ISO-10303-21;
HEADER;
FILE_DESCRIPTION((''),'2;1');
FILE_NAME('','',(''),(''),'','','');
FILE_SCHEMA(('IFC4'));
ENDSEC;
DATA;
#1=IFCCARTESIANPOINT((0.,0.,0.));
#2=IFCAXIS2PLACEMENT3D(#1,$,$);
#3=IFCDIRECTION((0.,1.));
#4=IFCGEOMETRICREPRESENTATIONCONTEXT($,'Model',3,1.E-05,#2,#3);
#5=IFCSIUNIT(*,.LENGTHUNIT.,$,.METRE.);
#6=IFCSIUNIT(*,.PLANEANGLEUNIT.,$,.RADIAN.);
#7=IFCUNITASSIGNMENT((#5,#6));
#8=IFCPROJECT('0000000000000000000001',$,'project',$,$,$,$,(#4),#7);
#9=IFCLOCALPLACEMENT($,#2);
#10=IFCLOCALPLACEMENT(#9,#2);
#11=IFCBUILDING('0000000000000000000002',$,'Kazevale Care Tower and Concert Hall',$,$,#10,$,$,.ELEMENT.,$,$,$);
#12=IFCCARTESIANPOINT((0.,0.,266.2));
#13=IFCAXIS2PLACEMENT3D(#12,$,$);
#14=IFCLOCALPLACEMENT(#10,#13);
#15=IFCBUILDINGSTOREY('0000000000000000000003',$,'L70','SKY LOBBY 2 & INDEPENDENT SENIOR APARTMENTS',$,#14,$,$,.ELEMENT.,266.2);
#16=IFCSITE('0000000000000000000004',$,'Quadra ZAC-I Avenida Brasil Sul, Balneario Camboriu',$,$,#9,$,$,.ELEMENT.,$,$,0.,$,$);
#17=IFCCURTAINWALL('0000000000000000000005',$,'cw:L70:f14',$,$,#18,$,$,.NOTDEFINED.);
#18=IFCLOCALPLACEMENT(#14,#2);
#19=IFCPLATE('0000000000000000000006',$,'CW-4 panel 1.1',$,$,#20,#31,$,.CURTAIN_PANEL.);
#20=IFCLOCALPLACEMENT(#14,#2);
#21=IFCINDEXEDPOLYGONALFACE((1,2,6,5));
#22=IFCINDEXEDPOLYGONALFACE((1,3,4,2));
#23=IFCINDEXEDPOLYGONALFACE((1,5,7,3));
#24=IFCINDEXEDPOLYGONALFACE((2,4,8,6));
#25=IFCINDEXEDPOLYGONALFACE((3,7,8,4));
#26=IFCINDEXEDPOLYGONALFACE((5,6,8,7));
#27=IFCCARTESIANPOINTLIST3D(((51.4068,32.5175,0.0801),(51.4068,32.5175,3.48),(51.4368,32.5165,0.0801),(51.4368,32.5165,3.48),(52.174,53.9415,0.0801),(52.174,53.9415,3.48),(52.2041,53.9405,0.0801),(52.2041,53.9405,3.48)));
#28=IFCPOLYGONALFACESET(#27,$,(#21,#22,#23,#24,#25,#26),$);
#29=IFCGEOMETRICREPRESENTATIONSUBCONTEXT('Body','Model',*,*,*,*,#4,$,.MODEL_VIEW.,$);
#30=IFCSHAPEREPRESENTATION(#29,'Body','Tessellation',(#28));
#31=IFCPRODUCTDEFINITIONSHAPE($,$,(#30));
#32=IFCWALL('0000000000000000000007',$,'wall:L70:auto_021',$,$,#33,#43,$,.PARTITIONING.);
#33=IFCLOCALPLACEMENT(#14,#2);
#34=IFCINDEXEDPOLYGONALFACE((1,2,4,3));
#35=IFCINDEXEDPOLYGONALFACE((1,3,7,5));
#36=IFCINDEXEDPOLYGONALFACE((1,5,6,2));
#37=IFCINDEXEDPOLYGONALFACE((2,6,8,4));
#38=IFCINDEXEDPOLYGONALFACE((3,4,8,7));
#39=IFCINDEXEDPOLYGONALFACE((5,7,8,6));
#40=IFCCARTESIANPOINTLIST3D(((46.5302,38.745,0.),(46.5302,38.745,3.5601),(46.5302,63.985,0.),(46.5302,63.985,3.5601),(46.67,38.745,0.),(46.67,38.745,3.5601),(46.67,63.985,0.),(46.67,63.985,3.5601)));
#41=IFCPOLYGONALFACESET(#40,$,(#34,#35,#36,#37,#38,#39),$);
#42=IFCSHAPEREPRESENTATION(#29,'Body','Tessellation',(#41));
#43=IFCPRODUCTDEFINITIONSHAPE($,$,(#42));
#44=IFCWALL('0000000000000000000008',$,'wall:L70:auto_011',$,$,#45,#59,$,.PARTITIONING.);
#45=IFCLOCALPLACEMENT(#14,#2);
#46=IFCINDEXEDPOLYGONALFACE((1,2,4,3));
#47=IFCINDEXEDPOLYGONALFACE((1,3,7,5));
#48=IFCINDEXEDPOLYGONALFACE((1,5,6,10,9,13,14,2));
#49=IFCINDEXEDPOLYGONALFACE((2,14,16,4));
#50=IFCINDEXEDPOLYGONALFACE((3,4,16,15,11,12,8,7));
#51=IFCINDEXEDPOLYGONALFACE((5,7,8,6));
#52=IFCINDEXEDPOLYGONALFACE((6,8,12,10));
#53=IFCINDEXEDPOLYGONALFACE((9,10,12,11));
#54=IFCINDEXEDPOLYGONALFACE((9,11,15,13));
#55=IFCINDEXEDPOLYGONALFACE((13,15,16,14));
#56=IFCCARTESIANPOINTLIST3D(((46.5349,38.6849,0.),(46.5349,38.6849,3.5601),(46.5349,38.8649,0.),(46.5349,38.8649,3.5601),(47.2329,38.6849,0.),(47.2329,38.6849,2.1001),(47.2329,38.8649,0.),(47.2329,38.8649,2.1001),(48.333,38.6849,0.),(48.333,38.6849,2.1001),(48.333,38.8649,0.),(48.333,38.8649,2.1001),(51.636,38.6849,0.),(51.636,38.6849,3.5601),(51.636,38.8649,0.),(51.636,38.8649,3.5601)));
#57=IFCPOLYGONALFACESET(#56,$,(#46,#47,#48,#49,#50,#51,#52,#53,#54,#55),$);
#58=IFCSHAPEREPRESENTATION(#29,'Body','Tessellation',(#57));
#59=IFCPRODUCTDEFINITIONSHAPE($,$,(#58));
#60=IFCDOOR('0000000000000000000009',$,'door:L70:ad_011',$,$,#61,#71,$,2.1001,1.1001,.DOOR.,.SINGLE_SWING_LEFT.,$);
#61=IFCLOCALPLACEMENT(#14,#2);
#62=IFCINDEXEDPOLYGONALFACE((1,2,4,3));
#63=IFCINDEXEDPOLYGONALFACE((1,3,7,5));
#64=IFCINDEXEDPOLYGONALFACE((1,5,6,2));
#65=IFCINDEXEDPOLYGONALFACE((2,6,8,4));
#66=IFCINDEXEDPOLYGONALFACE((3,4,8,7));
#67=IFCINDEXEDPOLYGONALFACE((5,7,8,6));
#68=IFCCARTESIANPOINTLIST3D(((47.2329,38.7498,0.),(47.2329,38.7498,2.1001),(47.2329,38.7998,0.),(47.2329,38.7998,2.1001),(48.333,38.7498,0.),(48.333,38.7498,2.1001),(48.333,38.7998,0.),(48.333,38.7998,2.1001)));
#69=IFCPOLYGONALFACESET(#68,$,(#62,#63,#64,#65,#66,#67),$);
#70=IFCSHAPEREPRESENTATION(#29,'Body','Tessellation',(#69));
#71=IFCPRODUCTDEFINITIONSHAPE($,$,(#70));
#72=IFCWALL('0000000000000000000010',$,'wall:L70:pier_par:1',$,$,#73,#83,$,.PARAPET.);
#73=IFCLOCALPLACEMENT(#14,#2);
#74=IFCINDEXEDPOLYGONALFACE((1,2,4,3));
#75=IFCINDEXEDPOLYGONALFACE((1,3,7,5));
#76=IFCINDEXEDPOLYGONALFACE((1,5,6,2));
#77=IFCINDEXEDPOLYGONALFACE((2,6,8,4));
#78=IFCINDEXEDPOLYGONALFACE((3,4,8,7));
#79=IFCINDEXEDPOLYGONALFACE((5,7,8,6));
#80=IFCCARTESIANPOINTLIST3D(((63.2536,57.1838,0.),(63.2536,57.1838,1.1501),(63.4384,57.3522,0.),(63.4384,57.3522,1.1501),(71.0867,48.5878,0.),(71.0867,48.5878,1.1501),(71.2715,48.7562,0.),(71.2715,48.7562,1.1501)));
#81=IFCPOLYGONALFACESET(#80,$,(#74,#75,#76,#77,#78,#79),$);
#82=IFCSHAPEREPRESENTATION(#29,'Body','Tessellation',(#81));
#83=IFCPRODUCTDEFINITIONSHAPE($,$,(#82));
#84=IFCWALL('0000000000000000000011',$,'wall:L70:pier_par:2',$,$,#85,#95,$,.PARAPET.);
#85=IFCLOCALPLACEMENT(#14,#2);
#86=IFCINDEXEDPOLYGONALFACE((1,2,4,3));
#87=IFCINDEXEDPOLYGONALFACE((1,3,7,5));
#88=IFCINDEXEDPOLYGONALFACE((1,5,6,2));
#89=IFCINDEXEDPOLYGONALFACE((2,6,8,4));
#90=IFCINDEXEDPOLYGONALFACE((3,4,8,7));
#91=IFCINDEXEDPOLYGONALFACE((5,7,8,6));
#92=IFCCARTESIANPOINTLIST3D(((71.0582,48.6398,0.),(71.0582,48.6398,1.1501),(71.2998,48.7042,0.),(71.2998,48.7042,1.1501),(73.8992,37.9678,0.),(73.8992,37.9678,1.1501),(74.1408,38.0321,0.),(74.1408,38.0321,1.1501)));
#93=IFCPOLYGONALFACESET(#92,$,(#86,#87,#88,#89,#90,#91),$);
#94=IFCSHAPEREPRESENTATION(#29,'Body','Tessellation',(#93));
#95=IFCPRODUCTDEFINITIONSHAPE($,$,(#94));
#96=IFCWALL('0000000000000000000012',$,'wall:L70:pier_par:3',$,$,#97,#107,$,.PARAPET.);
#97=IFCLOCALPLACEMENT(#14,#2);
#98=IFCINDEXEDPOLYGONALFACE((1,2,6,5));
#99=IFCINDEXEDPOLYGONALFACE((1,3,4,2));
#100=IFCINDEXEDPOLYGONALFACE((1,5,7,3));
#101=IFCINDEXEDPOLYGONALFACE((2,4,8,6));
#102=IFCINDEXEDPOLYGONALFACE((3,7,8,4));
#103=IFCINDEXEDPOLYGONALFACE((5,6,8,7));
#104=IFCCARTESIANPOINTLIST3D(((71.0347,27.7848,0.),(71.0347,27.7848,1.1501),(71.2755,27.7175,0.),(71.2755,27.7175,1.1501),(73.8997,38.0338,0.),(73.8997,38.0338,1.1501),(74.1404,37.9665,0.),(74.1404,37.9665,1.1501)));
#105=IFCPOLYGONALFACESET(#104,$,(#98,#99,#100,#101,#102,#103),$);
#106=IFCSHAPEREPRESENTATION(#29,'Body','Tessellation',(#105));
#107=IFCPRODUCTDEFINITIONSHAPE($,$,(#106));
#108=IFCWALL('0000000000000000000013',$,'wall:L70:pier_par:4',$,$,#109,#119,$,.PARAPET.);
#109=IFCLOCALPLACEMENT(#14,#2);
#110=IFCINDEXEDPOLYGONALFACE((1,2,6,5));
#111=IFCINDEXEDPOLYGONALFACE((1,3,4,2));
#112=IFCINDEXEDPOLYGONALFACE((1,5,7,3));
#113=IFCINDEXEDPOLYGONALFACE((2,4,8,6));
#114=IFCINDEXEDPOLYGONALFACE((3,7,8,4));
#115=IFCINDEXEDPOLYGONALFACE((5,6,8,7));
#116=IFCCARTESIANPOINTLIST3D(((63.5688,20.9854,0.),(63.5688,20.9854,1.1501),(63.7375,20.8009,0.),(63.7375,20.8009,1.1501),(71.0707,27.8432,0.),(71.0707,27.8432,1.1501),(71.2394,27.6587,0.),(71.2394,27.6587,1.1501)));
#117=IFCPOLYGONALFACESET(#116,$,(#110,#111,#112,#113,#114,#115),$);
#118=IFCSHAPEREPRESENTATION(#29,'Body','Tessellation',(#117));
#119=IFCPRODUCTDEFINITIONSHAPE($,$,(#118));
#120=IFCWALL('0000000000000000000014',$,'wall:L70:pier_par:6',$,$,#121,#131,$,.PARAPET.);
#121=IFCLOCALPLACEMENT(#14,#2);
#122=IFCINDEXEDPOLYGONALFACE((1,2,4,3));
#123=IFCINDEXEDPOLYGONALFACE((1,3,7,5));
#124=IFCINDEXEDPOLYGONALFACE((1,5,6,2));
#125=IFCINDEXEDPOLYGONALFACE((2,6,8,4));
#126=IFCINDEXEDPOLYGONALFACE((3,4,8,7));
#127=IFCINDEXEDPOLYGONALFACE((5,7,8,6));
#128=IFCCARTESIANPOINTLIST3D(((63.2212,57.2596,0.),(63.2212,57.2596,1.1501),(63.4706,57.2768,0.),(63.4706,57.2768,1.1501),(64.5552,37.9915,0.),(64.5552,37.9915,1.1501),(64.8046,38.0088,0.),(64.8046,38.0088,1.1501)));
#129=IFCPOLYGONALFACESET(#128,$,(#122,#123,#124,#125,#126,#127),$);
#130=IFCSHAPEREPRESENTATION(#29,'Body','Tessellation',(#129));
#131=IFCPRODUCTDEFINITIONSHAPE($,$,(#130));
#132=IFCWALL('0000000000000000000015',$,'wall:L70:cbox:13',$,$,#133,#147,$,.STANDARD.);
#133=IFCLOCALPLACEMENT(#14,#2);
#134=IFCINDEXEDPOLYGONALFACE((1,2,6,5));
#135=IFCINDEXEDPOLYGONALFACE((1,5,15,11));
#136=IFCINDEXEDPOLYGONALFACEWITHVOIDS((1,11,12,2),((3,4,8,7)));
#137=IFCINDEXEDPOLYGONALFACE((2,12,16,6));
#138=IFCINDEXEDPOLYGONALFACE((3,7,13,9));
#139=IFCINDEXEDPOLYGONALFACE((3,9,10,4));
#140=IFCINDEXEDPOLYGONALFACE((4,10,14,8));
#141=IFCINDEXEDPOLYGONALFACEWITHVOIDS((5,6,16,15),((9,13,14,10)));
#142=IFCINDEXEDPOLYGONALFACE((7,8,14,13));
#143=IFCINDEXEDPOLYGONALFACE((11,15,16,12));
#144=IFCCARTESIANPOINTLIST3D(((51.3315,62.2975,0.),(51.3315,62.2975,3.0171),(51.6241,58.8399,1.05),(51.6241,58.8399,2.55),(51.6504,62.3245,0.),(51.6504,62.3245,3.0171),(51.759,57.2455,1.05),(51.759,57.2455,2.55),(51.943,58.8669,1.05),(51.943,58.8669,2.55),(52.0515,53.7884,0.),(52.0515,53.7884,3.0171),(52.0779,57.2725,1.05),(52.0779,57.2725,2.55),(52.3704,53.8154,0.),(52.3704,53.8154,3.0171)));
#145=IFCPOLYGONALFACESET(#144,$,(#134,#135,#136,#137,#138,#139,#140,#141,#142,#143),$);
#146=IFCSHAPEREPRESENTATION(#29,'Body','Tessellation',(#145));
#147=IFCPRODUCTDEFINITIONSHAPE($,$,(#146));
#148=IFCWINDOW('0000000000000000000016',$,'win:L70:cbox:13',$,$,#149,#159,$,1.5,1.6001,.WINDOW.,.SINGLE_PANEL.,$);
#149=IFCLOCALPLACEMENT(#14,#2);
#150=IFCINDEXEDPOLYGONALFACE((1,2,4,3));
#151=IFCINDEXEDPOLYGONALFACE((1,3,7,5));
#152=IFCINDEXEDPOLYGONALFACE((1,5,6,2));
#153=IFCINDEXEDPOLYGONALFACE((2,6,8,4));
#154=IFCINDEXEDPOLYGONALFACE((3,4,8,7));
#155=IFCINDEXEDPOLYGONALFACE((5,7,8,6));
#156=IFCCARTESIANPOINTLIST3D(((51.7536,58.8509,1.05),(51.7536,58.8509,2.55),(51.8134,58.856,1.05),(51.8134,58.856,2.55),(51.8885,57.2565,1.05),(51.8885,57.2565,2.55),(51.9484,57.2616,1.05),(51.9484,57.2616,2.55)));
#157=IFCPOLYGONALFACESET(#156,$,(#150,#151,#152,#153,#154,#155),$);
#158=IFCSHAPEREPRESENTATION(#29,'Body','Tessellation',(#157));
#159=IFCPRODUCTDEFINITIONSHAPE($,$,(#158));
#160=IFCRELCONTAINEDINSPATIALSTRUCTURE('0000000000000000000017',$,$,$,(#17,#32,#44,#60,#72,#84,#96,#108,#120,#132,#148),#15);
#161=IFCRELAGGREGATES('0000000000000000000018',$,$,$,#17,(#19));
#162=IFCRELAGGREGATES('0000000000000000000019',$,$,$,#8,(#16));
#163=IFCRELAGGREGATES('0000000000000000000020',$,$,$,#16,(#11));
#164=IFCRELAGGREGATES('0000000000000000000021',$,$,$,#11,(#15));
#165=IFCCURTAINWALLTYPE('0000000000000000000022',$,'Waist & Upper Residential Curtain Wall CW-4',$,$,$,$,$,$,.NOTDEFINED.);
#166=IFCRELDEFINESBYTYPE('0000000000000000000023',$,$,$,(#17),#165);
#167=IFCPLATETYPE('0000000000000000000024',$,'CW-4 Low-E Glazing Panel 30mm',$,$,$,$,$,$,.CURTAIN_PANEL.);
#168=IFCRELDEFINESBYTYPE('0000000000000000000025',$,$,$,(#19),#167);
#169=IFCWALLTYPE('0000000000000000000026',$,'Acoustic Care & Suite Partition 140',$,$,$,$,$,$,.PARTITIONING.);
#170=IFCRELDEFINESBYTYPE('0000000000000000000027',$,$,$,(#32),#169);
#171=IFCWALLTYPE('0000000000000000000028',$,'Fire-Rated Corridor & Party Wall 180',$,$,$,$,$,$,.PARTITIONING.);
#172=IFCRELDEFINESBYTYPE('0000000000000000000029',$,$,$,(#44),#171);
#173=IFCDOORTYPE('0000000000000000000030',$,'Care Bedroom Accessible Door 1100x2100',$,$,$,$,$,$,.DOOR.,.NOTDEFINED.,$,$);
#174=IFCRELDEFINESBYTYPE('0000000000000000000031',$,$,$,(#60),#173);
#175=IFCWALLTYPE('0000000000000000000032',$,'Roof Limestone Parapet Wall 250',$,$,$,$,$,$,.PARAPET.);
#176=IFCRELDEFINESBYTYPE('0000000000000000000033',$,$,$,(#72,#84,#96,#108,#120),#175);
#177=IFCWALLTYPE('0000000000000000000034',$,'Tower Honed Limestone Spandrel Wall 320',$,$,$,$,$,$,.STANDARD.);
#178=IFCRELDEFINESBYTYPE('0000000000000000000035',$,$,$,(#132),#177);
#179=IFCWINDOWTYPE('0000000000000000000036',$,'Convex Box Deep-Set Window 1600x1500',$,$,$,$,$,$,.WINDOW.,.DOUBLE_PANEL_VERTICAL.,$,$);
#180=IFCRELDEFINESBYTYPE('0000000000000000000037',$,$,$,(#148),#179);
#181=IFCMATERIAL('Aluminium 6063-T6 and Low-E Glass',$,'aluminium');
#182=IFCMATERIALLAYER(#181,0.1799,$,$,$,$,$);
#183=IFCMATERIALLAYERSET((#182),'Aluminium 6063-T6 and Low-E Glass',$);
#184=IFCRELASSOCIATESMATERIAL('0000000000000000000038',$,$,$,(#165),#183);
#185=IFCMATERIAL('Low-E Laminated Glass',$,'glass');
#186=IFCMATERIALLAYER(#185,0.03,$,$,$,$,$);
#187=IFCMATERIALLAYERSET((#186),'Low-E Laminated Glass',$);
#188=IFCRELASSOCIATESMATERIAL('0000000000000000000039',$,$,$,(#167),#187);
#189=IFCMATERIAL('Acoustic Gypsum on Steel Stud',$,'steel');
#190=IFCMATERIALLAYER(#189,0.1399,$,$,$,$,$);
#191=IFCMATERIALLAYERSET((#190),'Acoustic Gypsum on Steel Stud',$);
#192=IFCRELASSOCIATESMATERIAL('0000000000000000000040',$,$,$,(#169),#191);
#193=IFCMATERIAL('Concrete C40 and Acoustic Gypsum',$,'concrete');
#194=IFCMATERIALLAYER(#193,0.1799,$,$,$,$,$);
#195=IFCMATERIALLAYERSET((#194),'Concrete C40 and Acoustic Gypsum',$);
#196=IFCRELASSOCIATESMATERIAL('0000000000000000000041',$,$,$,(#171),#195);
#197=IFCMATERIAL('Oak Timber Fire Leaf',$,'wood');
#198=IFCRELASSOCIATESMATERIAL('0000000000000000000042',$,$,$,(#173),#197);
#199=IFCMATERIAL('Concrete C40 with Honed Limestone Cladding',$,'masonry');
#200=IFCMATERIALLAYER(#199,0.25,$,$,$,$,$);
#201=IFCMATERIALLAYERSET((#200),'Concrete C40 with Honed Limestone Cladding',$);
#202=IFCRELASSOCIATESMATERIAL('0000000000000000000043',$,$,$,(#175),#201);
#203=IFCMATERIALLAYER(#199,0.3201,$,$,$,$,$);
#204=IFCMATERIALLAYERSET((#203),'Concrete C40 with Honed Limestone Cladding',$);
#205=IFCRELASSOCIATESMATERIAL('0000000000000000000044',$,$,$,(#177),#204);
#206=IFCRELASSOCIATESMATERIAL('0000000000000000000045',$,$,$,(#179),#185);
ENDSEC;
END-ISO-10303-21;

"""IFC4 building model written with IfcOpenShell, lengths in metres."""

from ifc_helpers import new_model, si_unit, direction, frame, frame_2d, origin, origin_2d, place, context, subcontext, project, spatial, rectangle, extrude, material, layer, layer_set, type_object, element, fill, aggregate, save


model = new_model("IFC4")

# Units and contexts
model_context = context("Model", 3, precision=1e-05, world=origin(), true_north=direction((0.0, 1.0)))
body_context = subcontext(model_context, "Body", "Model", "MODEL_VIEW")
ifc_project = project(units=[si_unit("LENGTHUNIT", "METRE"), si_unit("PLANEANGLEUNIT", "RADIAN")], contexts=[model_context])

# Site, building, storey
site_placement = place(None, origin())
site = spatial("IfcSite", under=ifc_project, at=site_placement, Name="Quadra ZAC-I Avenida Brasil Sul, Balneario Camboriu", CompositionType="ELEMENT", RefElevation=0.0)
building_placement = place(site_placement, origin())
building = spatial("IfcBuilding", under=site, at=building_placement, Name="Kazevale Care Tower and Concert Hall", CompositionType="ELEMENT")
storey_placement = place(building_placement, frame((0.0, 0.0, 266.2)))
storey = spatial("IfcBuildingStorey", under=building, at=storey_placement, Name="L70", Description="SKY LOBBY 2 & INDEPENDENT SENIOR APARTMENTS", CompositionType="ELEMENT", Elevation=266.2)

# Shared definitions
ifc_material_1 = material(Name="Aluminium 6063-T6 and Low-E Glass", Category="aluminium")
ifc_layer_1 = layer(ifc_material_1, 0.1799)
ifc_layer_set_1 = layer_set([ifc_layer_1], Name="Aluminium 6063-T6 and Low-E Glass")
curtain_wall_type_1 = type_object("IfcCurtainWallType", Name="Waist & Upper Residential Curtain Wall CW-4", PredefinedType="NOTDEFINED", material=ifc_layer_set_1)

# Curtain wall
curtain_wall_1_placement = place(storey_placement, origin())
curtain_wall_1 = element("IfcCurtainWall", 1, at=curtain_wall_1_placement, inside=storey, type_object=curtain_wall_type_1, Name="cw:L70:f14", PredefinedType="NOTDEFINED")

# Plate
ifc_material_2 = material(Name="Low-E Laminated Glass", Category="glass")
ifc_layer_2 = layer(ifc_material_2, 0.03)
ifc_layer_set_2 = layer_set([ifc_layer_2], Name="Low-E Laminated Glass")
plate_type = type_object("IfcPlateType", Name="CW-4 Low-E Glazing Panel 30mm", PredefinedType="CURTAIN_PANEL", material=ifc_layer_set_2)
plate_1_placement = place(storey_placement, frame((51.8054, 43.229, 0.0801), z_axis=(0.0, 0.0, 1.0), x_axis=(-0.035791, -0.999359, 0.0)))
plate_1 = element("IfcPlate", 2, at=plate_1_placement, type_object=plate_type, Name="CW-4 panel 1.1", PredefinedType="CURTAIN_PANEL", context=body_context, shape_type="SweptSolid", body=[
    extrude(rectangle(XDim=21.4377, YDim=0.03, at=origin_2d()), origin(), (0.0, 0.0, 1.0), 3.3999),
])
aggregate(curtain_wall_1, [plate_1])

# Wall
ifc_material_3 = material(Name="Acoustic Gypsum on Steel Stud", Category="steel")
ifc_layer_3 = layer(ifc_material_3, 0.1399)
ifc_layer_set_3 = layer_set([ifc_layer_3], Name="Acoustic Gypsum on Steel Stud")
wall_type_1 = type_object("IfcWallType", Name="Acoustic Care & Suite Partition 140", PredefinedType="PARTITIONING", material=ifc_layer_set_3)
wall_1_placement = place(storey_placement, frame((46.6001, 63.9851, 0.0), z_axis=(0.0, 0.0, 1.0), x_axis=(0.0, -1.0, 0.0)))
element("IfcWall", 3, at=wall_1_placement, inside=storey, type_object=wall_type_1, Name="wall:L70:auto_021", PredefinedType="PARTITIONING", context=body_context, shape_type="SweptSolid", body=[
    extrude(rectangle(XDim=25.24, YDim=0.1399, at=frame_2d((12.6201, 0.0))), origin(), (0.0, 0.0, 1.0), 3.5601),
])

# Wall, opening, door
ifc_material_4 = material(Name="Concrete C40 and Acoustic Gypsum", Category="concrete")
ifc_layer_4 = layer(ifc_material_4, 0.1799)
ifc_layer_set_4 = layer_set([ifc_layer_4], Name="Concrete C40 and Acoustic Gypsum")
wall_type_2 = type_object("IfcWallType", Name="Fire-Rated Corridor & Party Wall 180", PredefinedType="PARTITIONING", material=ifc_layer_set_4)
wall_2_placement = place(storey_placement, frame((46.5349, 38.7749, 0.0), z_axis=(0.0, 0.0, 1.0), x_axis=(1.0, 0.0, 0.0)))
wall_2 = element("IfcWall", 4, at=wall_2_placement, inside=storey, type_object=wall_type_2, Name="wall:L70:auto_011", PredefinedType="PARTITIONING", context=body_context, shape_type="SweptSolid", body=[
    extrude(rectangle(XDim=5.1011, YDim=0.1799, at=frame_2d((2.5505, 0.0))), origin(), (0.0, 0.0, 1.0), 3.5601),
])
opening_1_placement = place(wall_2_placement, frame((0.698, 0.0, 0.0)))
opening_1 = element("IfcOpeningElement", 5, at=opening_1_placement, cuts=wall_2, PredefinedType="OPENING", context=body_context, shape_type="SweptSolid", body=[
    extrude(rectangle(XDim=1.1001, YDim=2.1001, at=frame_2d((0.55, 1.05))), frame((0.0, 0.0999, 0.0), z_axis=(0.0, -1.0, 0.0), x_axis=(1.0, 0.0, 0.0)), (0.0, 0.0, 1.0), 0.2),
])
ifc_material_5 = material(Name="Oak Timber Fire Leaf", Category="wood")
door_type = type_object("IfcDoorType", Name="Care Bedroom Accessible Door 1100x2100", OperationType="NOTDEFINED", PredefinedType="DOOR", material=ifc_material_5)
door_placement = place(opening_1_placement, origin())
door = element("IfcDoor", 6, at=door_placement, inside=storey, type_object=door_type, Name="door:L70:ad_011", OperationType="SINGLE_SWING_LEFT", OverallHeight=2.1001, OverallWidth=1.1001, PredefinedType="DOOR", context=body_context, shape_type="SweptSolid", body=[
    extrude(rectangle(XDim=1.1001, YDim=2.1001, at=frame_2d((0.55, 1.05))), frame((0.0, 0.0249, 0.0), z_axis=(0.0, -1.0, 0.0), x_axis=(1.0, 0.0, 0.0)), (0.0, 0.0, 1.0), 0.05),
])
fill(opening_1, door)

# Walls
ifc_material_6 = material(Name="Concrete C40 with Honed Limestone Cladding", Category="masonry")
ifc_layer_5 = layer(ifc_material_6, 0.25)
ifc_layer_set_5 = layer_set([ifc_layer_5], Name="Concrete C40 with Honed Limestone Cladding")
wall_type_3 = type_object("IfcWallType", Name="Roof Limestone Parapet Wall 250", PredefinedType="PARAPET", material=ifc_layer_set_5)
wall_3_placement = place(storey_placement, frame((63.3459, 57.2681, 0.0), z_axis=(0.0, 0.0, 1.0), x_axis=(0.673544, -0.739147, 0.0)))
element("IfcWall", 7, at=wall_3_placement, inside=storey, type_object=wall_type_3, Name="wall:L70:pier_par:1", PredefinedType="PARAPET", context=body_context, shape_type="SweptSolid", body=[
    extrude(rectangle(XDim=11.6296, YDim=0.25, at=frame_2d((5.8149, 0.0))), origin(), (0.0, 0.0, 1.0), 1.1501),
])
wall_4_placement = place(storey_placement, frame((71.179, 48.6721, 0.0), z_axis=(0.0, 0.0, 1.0), x_axis=(0.257254, -0.966344, 0.0)))
element("IfcWall", 8, at=wall_4_placement, inside=storey, type_object=wall_type_3, Name="wall:L70:pier_par:2", PredefinedType="PARAPET", context=body_context, shape_type="SweptSolid", body=[
    extrude(rectangle(XDim=11.0437, YDim=0.25, at=frame_2d((5.522, 0.0))), origin(), (0.0, 0.0, 1.0), 1.1501),
])
wall_5_placement = place(storey_placement, frame((74.02, 38.0, 0.0), z_axis=(0.0, 0.0, 1.0), x_axis=(-0.269217, -0.963079, 0.0)))
element("IfcWall", 9, at=wall_5_placement, inside=storey, type_object=wall_type_3, Name="wall:L70:pier_par:3", PredefinedType="PARAPET", context=body_context, shape_type="SweptSolid", body=[
    extrude(rectangle(XDim=10.6418, YDim=0.25, at=frame_2d((5.3208, 0.0))), origin(), (0.0, 0.0, 1.0), 1.1501),
])
wall_6_placement = place(storey_placement, frame((71.155, 27.751, 0.0), z_axis=(0.0, 0.0, 1.0), x_axis=(-0.738079, -0.674715, 0.0)))
element("IfcWall", 10, at=wall_6_placement, inside=storey, type_object=wall_type_3, Name="wall:L70:pier_par:4", PredefinedType="PARAPET", context=body_context, shape_type="SweptSolid", body=[
    extrude(rectangle(XDim=10.1641, YDim=0.25, at=frame_2d((5.082, 0.0))), origin(), (0.0, 0.0, 1.0), 1.1501),
])
wall_7_placement = place(storey_placement, frame((64.6799, 38.0, 0.0), z_axis=(0.0, 0.0, 1.0), x_axis=(-0.069068, 0.997612, 0.0)))
element("IfcWall", 11, at=wall_7_placement, inside=storey, type_object=wall_type_3, Name="wall:L70:pier_par:6", PredefinedType="PARAPET", context=body_context, shape_type="SweptSolid", body=[
    extrude(rectangle(XDim=19.3142, YDim=0.25, at=frame_2d((9.6572, 0.0))), origin(), (0.0, 0.0, 1.0), 1.1501),
])

# Wall, opening, window
ifc_layer_6 = layer(ifc_material_6, 0.3201)
ifc_layer_set_6 = layer_set([ifc_layer_6], Name="Concrete C40 with Honed Limestone Cladding")
wall_type_4 = type_object("IfcWallType", Name="Tower Honed Limestone Spandrel Wall 320", PredefinedType="STANDARD", material=ifc_layer_set_6)
wall_8_placement = place(storey_placement, frame((51.491, 62.311, 0.0), z_axis=(0.0, 0.0, 1.0), x_axis=(0.084311, -0.996439, 0.0)))
wall_8 = element("IfcWall", 12, at=wall_8_placement, inside=storey, type_object=wall_type_4, Name="wall:L70:cbox:13", PredefinedType="STANDARD", context=body_context, shape_type="SweptSolid", body=[
    extrude(rectangle(XDim=8.5396, YDim=0.3201, at=frame_2d((4.2698, 0.0))), origin(), (0.0, 0.0, 1.0), 3.0171),
])
opening_2_placement = place(wall_8_placement, frame((3.47, 0.0, 1.05)))
opening_2 = element("IfcOpeningElement", 13, at=opening_2_placement, cuts=wall_8, PredefinedType="OPENING", context=body_context, shape_type="SweptSolid", body=[
    extrude(rectangle(XDim=1.6001, YDim=1.5, at=frame_2d((0.8, 0.75))), frame((0.0, 0.1699, 0.0), z_axis=(0.0, -1.0, 0.0), x_axis=(1.0, 0.0, 0.0)), (0.0, 0.0, 1.0), 0.3401),
])
window_type = type_object("IfcWindowType", Name="Convex Box Deep-Set Window 1600x1500", PartitioningType="DOUBLE_PANEL_VERTICAL", PredefinedType="WINDOW", material=ifc_material_2)
window_placement = place(opening_2_placement, origin())
window = element("IfcWindow", 14, at=window_placement, inside=storey, type_object=window_type, Name="win:L70:cbox:13", OverallHeight=1.5, OverallWidth=1.6001, PartitioningType="SINGLE_PANEL", PredefinedType="WINDOW", context=body_context, shape_type="SweptSolid", body=[
    extrude(rectangle(XDim=1.6001, YDim=1.5, at=frame_2d((0.8, 0.75))), frame((0.0, 0.03, 0.0), z_axis=(0.0, -1.0, 0.0), x_axis=(1.0, 0.0, 0.0)), (0.0, 0.0, 1.0), 0.0601),
])
fill(opening_2, window)

save(model, "model.ifc")
